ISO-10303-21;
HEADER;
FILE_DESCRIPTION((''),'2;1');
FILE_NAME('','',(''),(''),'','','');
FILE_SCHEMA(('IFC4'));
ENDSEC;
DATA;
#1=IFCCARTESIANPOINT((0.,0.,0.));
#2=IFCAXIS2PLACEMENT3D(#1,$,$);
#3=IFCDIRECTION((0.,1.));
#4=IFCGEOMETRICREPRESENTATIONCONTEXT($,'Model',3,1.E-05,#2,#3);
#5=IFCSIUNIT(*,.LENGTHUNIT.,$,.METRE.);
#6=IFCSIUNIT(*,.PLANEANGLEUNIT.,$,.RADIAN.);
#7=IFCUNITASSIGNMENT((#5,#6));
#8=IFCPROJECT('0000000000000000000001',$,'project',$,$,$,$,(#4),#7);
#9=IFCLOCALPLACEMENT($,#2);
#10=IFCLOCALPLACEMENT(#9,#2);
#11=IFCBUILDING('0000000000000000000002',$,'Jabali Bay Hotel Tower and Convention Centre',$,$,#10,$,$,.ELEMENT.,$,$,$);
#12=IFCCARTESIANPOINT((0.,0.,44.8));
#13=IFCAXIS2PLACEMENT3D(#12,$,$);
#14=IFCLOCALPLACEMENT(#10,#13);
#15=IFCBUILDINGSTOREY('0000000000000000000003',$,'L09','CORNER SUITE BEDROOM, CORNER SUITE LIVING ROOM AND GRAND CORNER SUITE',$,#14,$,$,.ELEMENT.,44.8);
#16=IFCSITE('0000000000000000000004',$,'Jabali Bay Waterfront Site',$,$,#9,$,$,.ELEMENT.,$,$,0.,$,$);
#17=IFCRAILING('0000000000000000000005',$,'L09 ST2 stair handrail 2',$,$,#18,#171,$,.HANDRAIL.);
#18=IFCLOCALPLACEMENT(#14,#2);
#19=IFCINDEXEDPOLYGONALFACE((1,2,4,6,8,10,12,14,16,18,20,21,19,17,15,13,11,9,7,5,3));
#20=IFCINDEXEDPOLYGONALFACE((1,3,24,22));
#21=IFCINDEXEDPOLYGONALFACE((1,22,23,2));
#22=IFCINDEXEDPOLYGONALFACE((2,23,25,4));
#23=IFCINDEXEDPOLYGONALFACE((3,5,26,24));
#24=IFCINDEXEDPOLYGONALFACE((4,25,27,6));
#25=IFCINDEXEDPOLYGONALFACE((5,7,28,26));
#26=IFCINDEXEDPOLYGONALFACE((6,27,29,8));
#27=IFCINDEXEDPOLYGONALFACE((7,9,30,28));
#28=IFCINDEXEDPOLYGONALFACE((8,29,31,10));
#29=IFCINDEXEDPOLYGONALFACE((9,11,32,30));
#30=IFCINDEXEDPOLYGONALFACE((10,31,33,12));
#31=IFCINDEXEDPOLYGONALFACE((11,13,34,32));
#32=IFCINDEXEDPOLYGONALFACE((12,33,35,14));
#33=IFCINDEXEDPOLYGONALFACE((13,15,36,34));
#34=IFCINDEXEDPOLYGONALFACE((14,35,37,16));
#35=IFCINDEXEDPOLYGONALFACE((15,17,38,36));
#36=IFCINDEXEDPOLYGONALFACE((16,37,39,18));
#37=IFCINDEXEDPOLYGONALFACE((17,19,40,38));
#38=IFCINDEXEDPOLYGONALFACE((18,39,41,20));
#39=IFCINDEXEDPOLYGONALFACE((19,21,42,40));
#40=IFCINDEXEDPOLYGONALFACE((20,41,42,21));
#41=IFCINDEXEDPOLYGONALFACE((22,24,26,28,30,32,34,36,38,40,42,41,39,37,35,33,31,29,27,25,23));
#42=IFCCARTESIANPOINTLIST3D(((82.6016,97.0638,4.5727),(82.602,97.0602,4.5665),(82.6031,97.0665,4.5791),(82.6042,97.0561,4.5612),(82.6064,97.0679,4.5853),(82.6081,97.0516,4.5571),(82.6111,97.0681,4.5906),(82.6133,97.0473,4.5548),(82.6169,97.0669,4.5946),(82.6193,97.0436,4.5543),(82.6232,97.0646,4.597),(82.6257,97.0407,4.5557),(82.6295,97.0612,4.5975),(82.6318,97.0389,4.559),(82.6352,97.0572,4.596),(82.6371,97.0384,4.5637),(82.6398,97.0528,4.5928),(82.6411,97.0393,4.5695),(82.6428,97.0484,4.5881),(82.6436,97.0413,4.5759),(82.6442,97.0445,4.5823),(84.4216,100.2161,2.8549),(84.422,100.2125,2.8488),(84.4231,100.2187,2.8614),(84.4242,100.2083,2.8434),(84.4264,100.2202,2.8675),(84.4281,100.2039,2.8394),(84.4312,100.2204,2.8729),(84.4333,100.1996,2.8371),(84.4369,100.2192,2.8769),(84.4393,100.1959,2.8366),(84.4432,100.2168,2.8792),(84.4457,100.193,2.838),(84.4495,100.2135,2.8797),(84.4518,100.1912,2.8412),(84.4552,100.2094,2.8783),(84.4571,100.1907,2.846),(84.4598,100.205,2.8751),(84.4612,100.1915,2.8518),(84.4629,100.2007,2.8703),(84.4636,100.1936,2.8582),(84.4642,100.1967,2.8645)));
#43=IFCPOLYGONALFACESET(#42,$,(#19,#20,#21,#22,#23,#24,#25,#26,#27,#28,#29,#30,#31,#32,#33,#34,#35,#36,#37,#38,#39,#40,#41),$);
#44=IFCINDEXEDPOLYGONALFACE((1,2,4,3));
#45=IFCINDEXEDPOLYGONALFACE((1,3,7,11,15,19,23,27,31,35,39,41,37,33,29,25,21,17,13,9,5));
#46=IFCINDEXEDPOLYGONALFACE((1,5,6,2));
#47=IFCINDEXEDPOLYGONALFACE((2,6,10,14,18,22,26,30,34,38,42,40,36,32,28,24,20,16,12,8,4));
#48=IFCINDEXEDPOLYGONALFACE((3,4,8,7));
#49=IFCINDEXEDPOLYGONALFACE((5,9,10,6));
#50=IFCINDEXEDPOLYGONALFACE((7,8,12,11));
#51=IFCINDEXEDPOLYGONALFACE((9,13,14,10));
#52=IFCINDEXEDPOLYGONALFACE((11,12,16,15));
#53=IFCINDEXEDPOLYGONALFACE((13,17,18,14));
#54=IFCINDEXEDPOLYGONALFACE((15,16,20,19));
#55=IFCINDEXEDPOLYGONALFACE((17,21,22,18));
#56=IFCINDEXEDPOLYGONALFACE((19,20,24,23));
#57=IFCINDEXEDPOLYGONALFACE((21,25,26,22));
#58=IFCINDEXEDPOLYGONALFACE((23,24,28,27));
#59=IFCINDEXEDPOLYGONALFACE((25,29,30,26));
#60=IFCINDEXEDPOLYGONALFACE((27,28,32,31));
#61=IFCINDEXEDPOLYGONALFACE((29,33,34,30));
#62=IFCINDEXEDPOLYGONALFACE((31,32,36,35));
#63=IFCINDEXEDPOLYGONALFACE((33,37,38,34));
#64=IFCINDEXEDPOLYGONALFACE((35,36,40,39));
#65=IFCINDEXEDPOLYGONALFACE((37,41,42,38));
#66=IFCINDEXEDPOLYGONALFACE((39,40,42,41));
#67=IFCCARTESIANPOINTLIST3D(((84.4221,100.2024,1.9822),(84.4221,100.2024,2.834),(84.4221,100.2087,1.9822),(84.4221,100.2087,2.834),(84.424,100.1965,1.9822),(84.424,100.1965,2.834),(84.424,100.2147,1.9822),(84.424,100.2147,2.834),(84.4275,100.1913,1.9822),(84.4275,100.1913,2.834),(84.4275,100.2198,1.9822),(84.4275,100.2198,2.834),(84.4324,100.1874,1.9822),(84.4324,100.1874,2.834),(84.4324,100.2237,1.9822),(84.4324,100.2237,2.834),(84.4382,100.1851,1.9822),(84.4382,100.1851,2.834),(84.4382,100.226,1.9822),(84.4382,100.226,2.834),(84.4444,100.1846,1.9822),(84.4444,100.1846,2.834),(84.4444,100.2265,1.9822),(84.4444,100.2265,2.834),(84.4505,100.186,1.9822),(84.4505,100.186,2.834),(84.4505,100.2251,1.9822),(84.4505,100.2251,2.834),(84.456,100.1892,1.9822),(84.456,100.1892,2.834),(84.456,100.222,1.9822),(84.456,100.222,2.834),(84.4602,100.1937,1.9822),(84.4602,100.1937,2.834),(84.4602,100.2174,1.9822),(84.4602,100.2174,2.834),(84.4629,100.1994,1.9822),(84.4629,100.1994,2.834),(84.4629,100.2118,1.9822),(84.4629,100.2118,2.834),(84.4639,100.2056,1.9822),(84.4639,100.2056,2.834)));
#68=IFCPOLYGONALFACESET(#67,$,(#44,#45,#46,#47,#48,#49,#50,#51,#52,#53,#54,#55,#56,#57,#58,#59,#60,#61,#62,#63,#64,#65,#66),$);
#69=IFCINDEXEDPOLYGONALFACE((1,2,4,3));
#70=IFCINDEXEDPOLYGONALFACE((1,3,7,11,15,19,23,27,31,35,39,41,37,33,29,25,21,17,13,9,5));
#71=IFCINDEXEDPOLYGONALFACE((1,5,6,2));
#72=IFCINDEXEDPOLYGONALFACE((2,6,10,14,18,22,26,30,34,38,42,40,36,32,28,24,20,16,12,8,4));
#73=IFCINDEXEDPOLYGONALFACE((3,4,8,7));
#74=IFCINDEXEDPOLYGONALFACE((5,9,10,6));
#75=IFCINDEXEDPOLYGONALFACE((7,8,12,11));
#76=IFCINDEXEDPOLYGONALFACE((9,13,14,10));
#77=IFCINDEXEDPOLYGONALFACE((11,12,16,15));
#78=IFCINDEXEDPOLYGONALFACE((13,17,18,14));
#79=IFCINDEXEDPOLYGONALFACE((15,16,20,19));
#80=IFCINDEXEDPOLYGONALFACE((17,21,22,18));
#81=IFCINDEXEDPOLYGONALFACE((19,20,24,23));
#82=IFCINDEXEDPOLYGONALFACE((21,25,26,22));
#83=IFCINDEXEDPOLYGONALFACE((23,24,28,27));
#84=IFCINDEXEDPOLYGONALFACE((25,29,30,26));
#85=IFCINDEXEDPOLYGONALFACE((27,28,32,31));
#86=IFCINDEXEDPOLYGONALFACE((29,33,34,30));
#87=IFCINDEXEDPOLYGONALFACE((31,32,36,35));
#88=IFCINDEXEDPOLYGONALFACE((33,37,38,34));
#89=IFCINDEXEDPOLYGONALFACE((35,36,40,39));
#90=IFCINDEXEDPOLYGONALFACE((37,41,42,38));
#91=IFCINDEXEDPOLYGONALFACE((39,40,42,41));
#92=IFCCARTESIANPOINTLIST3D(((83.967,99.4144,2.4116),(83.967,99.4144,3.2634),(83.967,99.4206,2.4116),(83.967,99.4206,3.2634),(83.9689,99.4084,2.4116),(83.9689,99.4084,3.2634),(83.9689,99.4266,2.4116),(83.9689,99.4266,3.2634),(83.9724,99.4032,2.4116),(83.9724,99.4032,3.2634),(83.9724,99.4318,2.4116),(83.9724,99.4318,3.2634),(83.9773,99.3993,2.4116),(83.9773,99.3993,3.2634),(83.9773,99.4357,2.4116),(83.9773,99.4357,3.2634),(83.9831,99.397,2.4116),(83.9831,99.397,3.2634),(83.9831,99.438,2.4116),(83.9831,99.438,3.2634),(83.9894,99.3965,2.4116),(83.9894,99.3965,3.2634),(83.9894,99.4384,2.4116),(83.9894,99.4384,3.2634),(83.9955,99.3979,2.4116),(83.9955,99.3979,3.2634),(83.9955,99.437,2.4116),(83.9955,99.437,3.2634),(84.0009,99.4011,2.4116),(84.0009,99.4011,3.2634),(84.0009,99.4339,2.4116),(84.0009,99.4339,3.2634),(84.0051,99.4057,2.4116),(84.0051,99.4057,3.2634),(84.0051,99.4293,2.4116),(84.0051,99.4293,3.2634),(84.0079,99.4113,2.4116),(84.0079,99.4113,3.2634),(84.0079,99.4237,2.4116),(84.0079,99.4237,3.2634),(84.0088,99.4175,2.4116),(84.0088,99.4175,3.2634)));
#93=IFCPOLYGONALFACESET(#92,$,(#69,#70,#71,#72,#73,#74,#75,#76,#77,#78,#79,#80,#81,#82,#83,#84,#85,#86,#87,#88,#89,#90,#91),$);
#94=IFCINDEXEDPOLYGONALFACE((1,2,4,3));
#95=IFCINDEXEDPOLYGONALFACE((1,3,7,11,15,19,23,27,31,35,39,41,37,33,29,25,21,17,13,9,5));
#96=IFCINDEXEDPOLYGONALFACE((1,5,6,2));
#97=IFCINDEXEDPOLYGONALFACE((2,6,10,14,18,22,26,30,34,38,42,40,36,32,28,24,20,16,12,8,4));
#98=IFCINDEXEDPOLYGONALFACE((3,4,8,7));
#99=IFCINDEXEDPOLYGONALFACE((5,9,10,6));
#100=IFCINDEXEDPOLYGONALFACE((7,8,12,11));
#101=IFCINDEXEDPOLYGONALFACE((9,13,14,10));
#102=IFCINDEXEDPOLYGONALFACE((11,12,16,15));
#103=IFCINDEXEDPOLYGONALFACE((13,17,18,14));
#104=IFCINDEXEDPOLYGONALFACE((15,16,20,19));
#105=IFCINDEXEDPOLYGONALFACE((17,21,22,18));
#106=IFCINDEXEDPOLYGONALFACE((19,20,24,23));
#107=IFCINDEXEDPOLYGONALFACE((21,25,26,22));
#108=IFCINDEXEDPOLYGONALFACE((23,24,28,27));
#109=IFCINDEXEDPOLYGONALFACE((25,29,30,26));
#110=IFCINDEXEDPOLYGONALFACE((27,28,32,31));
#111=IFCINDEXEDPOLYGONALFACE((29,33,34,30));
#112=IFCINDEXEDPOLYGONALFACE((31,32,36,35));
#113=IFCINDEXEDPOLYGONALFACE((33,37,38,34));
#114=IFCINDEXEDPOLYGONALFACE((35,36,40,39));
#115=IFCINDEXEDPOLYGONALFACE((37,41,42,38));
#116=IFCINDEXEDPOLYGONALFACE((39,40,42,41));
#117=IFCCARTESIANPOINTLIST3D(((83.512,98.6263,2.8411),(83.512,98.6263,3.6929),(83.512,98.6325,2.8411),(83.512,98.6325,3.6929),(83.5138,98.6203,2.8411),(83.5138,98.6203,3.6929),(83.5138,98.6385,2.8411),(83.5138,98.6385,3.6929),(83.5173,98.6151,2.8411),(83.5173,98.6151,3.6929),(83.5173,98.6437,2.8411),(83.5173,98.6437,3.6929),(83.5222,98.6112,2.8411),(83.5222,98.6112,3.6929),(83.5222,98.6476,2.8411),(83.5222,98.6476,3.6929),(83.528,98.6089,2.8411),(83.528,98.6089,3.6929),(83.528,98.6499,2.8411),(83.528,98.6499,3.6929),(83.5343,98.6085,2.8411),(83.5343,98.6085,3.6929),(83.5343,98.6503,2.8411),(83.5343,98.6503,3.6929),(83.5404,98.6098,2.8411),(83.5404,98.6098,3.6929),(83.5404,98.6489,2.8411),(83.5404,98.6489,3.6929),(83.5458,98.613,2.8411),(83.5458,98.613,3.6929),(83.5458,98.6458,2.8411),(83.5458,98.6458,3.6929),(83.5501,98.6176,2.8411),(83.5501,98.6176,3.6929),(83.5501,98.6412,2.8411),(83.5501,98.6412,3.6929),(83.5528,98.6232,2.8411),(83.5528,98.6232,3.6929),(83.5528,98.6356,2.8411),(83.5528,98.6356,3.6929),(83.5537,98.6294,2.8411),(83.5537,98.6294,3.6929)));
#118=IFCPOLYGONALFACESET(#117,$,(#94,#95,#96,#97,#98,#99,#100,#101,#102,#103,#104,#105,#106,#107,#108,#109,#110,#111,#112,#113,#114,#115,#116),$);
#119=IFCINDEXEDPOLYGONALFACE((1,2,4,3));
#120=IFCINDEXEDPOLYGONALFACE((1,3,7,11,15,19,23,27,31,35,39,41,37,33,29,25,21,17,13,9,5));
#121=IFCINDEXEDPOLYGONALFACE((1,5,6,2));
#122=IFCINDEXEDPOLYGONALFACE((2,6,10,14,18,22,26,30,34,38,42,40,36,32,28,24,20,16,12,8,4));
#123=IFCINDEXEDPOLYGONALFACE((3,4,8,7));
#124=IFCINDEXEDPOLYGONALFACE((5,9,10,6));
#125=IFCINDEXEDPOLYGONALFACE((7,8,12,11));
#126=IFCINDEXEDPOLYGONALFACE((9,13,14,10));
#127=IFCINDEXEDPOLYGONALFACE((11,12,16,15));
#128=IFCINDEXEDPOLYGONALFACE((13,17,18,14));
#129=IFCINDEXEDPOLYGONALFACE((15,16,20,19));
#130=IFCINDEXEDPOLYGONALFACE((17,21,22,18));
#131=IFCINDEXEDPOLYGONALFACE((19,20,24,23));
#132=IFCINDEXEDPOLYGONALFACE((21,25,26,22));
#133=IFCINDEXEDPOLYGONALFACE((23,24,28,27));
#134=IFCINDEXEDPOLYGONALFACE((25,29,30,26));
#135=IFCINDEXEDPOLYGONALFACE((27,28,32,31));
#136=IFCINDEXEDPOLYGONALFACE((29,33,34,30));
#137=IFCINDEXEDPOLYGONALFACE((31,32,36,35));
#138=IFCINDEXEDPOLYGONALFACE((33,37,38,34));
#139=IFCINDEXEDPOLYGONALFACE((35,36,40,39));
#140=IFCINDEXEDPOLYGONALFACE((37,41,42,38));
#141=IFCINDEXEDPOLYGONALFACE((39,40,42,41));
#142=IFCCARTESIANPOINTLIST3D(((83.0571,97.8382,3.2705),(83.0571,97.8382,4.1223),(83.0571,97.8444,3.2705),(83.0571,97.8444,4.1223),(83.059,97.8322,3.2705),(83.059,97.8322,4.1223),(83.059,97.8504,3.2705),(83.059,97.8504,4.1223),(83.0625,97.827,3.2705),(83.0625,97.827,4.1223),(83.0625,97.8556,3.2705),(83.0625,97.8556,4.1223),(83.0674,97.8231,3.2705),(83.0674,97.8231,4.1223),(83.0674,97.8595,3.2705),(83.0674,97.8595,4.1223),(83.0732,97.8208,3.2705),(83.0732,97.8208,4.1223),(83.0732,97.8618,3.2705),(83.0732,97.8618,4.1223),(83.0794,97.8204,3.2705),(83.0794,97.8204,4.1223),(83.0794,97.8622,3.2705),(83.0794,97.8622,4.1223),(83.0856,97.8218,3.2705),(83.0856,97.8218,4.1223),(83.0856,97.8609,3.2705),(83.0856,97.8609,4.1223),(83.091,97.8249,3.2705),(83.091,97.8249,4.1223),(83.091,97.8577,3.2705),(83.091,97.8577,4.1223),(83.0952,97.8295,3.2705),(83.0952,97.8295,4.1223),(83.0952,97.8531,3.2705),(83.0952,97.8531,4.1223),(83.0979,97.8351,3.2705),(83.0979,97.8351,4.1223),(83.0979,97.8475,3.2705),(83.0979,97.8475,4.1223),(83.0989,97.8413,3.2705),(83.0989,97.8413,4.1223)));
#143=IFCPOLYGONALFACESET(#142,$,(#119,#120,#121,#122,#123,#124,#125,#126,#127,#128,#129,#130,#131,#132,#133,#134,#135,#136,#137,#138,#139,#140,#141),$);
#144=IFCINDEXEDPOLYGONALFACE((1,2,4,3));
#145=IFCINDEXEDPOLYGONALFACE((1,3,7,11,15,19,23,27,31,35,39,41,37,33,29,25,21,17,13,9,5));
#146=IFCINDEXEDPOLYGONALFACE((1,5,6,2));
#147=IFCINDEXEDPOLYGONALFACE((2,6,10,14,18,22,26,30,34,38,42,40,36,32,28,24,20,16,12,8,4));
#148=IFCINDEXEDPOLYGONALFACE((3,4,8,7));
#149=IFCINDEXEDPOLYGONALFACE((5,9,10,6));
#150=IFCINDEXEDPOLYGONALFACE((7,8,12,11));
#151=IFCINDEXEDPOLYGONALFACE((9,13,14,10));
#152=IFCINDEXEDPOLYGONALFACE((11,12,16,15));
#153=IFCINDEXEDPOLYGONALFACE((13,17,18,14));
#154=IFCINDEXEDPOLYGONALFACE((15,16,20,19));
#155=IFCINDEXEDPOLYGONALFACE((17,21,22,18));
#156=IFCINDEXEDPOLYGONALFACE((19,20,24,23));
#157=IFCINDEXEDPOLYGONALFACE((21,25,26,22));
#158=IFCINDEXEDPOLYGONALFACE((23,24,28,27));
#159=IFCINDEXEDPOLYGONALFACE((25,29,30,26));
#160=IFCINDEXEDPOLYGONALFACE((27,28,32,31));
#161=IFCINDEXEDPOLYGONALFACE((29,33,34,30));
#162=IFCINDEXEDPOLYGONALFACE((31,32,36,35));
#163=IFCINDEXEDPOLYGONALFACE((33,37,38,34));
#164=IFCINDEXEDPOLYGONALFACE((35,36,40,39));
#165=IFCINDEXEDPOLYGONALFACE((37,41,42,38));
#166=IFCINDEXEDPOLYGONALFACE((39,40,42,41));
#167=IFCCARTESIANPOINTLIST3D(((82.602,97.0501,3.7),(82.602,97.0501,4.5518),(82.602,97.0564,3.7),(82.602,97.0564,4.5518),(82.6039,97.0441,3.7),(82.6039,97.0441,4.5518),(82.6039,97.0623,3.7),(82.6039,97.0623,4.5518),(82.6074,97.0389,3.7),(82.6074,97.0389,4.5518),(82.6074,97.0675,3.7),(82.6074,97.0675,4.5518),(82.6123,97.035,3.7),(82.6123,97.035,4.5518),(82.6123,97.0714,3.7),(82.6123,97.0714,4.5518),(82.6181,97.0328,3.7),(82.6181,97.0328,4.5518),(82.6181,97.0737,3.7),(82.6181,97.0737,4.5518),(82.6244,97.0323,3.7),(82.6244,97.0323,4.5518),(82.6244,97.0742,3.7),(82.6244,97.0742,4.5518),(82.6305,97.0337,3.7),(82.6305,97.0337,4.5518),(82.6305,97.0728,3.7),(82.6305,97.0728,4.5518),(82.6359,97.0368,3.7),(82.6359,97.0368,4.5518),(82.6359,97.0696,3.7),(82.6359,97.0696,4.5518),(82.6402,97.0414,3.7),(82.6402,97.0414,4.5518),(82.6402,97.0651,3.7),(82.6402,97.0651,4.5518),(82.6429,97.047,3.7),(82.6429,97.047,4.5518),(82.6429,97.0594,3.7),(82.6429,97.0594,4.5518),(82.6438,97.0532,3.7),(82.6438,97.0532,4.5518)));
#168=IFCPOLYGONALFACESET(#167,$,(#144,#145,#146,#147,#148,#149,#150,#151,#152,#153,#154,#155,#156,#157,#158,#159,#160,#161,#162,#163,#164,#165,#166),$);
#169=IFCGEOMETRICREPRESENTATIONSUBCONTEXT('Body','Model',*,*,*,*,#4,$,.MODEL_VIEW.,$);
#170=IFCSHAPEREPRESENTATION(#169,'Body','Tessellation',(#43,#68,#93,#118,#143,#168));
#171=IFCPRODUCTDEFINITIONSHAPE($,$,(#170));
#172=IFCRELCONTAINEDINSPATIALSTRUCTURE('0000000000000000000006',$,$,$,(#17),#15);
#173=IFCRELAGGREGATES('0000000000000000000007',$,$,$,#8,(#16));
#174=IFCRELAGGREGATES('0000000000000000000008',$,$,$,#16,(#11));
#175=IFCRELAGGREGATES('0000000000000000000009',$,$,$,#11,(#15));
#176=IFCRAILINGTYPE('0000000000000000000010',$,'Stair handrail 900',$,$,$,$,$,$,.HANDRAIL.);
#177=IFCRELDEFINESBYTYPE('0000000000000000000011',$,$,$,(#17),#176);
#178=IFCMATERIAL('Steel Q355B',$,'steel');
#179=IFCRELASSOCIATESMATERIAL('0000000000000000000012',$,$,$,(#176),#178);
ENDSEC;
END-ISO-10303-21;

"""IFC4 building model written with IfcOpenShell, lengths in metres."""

from ifc_helpers import new_model, si_unit, direction, frame, origin, origin_2d, place, context, subcontext, project, spatial, circle, extrude, material, type_object, element, save


model = new_model("IFC4")

# Units and contexts
model_context = context("Model", 3, precision=1e-05, world=origin(), true_north=direction((0.0, 1.0)))
body_context = subcontext(model_context, "Body", "Model", "MODEL_VIEW")
ifc_project = project(units=[si_unit("LENGTHUNIT", "METRE"), si_unit("PLANEANGLEUNIT", "RADIAN")], contexts=[model_context])

# Site, building, storey
site_placement = place(None, origin())
site = spatial("IfcSite", under=ifc_project, at=site_placement, Name="Jabali Bay Waterfront Site", CompositionType="ELEMENT", RefElevation=0.0)
building_placement = place(site_placement, origin())
building = spatial("IfcBuilding", under=site, at=building_placement, Name="Jabali Bay Hotel Tower and Convention Centre", CompositionType="ELEMENT")
storey_placement = place(building_placement, frame((0.0, 0.0, 44.8)))
storey = spatial("IfcBuildingStorey", under=building, at=storey_placement, Name="L09", Description="CORNER SUITE BEDROOM, CORNER SUITE LIVING ROOM AND GRAND CORNER SUITE", CompositionType="ELEMENT", Elevation=44.8)

# Railing
ifc_material_1 = material(Name="Steel Q355B", Category="steel")
railing_type_1 = type_object("IfcRailingType", Name="Stair handrail 900", PredefinedType="HANDRAIL", material=ifc_material_1)
railing_1_placement = place(storey_placement, frame((84.4429, 100.2056, 1.9822)))
element("IfcRailing", 1, at=railing_1_placement, inside=storey, type_object=railing_type_1, Name="L09 ST2 stair handrail 2", PredefinedType="HANDRAIL", context=body_context, shape_type="SweptSolid", body=[
    extrude(circle(Radius=0.0239, at=origin_2d()), frame((0.0, 0.0, 0.876), z_axis=(-0.45219, -0.78319, 0.426775), x_axis=(0.866018, -0.500013, 0.0)), (0.0, 0.0, 1.0), 4.0249),
    extrude(circle(Radius=0.021, at=origin_2d()), origin(), (0.0, 0.0, 1.0), 0.8518),
    extrude(circle(Radius=0.021, at=origin_2d()), frame((-0.4551, -0.7881, 0.4294)), (0.0, 0.0, 1.0), 0.8518),
    extrude(circle(Radius=0.021, at=origin_2d()), frame((-0.9102, -1.5762, 0.8589)), (0.0, 0.0, 1.0), 0.8518),
    extrude(circle(Radius=0.021, at=origin_2d()), frame((-1.365, -2.3643, 1.2883)), (0.0, 0.0, 1.0), 0.8518),
    extrude(circle(Radius=0.021, at=origin_2d()), frame((-1.8201, -3.1523, 1.7178)), (0.0, 0.0, 1.0), 0.8518),
])

save(model, "model.ifc")
